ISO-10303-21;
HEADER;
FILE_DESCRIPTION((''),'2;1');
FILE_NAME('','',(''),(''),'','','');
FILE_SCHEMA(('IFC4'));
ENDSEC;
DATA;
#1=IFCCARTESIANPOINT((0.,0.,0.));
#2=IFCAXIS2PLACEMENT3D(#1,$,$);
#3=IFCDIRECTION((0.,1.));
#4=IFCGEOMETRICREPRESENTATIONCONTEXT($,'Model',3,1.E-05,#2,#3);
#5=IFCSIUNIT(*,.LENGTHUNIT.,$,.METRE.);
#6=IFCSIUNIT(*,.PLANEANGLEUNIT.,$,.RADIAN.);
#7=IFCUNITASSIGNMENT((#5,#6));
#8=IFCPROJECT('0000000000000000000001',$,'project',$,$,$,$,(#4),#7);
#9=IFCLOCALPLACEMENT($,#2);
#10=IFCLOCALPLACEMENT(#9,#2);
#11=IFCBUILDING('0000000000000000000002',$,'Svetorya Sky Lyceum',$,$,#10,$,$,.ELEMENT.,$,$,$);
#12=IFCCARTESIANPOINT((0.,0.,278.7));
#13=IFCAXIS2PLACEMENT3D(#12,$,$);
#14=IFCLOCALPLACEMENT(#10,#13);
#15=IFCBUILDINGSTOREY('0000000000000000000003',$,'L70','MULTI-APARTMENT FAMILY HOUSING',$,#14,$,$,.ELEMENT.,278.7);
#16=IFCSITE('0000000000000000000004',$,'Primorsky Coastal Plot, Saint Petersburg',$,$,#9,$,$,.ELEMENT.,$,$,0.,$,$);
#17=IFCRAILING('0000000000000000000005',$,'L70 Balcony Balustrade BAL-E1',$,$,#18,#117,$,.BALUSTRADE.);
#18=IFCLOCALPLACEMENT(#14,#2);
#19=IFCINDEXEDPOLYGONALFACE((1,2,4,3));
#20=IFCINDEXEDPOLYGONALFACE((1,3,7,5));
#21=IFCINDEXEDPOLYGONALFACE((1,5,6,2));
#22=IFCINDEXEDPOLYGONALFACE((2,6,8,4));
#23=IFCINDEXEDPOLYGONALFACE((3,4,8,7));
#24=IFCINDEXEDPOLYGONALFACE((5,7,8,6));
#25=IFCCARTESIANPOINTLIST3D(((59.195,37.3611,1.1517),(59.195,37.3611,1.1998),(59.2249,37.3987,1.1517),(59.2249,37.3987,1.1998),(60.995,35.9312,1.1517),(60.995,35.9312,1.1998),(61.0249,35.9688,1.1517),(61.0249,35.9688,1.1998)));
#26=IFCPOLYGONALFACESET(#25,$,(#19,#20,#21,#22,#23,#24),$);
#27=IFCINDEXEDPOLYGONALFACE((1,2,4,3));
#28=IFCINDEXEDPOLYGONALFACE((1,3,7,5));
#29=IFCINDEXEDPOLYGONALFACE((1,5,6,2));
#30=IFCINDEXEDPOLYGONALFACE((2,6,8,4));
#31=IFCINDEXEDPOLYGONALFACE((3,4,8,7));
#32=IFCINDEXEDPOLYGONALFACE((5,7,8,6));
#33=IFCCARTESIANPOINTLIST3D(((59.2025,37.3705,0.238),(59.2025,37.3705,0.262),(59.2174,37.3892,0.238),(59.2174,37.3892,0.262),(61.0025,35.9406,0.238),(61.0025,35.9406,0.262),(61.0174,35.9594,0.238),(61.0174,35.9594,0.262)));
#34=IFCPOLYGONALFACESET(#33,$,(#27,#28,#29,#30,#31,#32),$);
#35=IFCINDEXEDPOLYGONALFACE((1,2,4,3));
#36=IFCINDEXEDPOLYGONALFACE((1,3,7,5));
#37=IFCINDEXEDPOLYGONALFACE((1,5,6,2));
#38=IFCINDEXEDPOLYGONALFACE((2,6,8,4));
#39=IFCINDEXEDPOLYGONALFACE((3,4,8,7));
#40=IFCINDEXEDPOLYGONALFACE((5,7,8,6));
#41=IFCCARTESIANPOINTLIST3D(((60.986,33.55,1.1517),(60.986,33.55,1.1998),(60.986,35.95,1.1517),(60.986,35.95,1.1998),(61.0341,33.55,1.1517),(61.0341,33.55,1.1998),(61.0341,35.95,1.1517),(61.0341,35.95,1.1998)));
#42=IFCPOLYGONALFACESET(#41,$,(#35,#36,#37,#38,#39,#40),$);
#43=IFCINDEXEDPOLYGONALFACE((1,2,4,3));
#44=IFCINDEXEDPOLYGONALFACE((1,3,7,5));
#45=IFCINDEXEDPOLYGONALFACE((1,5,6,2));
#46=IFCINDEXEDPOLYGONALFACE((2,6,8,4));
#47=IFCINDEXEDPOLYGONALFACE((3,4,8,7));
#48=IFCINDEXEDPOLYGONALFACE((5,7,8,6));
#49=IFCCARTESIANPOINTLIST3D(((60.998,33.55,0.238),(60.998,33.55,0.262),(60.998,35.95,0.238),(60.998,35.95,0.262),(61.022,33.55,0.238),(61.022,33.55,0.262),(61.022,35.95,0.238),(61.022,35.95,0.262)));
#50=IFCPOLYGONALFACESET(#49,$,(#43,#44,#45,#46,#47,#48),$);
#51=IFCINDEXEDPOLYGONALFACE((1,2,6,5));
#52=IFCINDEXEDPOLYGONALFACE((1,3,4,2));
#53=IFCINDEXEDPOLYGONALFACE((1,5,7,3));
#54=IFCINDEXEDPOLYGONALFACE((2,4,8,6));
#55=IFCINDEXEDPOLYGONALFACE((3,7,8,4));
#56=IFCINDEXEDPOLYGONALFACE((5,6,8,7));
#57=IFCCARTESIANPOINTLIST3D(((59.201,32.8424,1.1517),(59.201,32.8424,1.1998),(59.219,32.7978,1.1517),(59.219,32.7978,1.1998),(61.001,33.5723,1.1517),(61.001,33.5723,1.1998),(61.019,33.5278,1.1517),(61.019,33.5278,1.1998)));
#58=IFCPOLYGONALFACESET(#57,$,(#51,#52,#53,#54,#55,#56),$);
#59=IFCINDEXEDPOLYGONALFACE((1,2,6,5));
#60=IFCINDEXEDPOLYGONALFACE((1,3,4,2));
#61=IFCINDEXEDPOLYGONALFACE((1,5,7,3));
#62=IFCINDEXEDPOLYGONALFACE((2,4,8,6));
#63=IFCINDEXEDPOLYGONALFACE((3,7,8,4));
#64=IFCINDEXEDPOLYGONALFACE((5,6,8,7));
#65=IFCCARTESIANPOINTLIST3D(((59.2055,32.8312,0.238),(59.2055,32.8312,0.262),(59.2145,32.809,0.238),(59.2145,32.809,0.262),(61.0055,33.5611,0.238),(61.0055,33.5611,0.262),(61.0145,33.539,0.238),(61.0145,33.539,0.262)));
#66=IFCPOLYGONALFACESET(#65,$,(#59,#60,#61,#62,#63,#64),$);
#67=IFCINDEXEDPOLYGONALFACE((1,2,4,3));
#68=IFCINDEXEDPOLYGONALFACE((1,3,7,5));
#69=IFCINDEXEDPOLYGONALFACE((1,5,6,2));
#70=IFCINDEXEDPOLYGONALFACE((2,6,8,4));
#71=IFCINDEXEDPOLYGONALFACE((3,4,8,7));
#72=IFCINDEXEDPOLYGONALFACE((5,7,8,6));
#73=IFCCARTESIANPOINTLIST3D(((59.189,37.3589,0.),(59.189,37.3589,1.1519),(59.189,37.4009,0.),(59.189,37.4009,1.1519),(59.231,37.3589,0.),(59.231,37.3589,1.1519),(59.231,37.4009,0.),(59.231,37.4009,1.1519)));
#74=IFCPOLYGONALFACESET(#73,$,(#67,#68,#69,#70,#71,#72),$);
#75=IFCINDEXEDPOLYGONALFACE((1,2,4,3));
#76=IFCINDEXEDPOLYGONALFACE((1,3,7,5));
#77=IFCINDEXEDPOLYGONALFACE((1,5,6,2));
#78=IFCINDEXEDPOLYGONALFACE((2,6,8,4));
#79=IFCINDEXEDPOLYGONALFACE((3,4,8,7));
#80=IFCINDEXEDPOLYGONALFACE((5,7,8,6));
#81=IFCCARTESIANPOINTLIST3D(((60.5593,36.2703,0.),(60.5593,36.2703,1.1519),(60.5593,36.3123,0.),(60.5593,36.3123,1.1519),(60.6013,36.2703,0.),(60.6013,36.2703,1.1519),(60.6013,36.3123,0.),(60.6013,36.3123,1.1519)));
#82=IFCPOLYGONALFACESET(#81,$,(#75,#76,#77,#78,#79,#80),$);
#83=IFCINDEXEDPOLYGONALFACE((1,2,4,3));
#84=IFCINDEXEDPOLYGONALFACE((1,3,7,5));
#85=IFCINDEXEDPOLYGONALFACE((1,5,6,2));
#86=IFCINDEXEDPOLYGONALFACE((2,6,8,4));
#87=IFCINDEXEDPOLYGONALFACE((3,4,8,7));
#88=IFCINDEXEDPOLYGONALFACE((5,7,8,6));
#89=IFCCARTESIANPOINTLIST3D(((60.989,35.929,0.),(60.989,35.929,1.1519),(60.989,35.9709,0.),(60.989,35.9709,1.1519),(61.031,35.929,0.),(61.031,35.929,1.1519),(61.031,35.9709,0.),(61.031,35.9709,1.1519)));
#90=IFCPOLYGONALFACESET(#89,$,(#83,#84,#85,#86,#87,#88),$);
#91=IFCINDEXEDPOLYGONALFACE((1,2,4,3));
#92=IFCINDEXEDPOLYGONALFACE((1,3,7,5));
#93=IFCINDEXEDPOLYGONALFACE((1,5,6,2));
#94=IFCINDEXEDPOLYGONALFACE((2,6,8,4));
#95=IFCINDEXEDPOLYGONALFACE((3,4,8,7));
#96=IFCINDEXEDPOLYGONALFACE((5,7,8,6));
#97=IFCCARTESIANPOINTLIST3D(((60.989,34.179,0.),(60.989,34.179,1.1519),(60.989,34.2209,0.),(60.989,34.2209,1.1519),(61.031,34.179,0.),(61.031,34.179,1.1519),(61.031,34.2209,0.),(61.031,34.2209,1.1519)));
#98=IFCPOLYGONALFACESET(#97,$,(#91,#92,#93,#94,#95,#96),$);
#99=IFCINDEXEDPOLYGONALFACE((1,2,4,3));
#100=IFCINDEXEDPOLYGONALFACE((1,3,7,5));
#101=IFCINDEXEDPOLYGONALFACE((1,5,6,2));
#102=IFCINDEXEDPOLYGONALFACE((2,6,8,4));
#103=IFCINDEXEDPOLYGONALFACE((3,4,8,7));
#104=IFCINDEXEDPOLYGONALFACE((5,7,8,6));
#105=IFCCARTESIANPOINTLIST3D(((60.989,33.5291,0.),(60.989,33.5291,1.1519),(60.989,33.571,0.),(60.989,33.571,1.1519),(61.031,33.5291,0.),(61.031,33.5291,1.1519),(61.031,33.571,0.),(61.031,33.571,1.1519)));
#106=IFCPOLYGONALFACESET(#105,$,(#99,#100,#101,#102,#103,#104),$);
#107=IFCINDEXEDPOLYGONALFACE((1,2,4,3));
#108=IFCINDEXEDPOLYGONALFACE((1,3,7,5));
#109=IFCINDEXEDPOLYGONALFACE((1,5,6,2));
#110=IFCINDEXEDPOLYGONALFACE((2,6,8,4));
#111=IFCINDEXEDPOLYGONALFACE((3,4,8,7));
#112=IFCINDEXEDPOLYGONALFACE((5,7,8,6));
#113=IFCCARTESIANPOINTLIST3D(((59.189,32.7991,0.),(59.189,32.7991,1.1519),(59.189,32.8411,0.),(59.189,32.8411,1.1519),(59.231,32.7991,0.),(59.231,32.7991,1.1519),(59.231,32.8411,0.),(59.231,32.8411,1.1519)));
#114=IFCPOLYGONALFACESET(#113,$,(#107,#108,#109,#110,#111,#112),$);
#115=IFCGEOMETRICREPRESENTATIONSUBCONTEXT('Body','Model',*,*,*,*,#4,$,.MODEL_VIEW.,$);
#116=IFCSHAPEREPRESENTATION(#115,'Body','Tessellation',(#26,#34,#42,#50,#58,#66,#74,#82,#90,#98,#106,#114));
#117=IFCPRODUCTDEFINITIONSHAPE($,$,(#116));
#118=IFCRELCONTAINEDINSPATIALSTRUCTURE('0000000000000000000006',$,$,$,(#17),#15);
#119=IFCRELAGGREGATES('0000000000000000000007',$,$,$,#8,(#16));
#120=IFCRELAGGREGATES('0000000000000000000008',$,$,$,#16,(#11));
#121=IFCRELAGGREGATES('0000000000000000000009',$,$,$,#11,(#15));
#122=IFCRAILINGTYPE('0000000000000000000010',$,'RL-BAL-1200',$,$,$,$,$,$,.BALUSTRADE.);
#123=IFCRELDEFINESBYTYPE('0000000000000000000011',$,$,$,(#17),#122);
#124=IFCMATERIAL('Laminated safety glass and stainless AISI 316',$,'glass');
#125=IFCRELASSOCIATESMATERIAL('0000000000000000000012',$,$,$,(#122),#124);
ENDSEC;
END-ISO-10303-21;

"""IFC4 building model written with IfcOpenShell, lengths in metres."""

from ifc_helpers import new_model, si_unit, direction, frame, origin, origin_2d, place, context, subcontext, project, spatial, rectangle, extrude, material, type_object, element, save


model = new_model("IFC4")

# Units and contexts
model_context = context("Model", 3, precision=1e-05, world=origin(), true_north=direction((0.0, 1.0)))
body_context = subcontext(model_context, "Body", "Model", "MODEL_VIEW")
ifc_project = project(units=[si_unit("LENGTHUNIT", "METRE"), si_unit("PLANEANGLEUNIT", "RADIAN")], contexts=[model_context])

# Site, building, storey
site_placement = place(None, origin())
site = spatial("IfcSite", under=ifc_project, at=site_placement, Name="Primorsky Coastal Plot, Saint Petersburg", CompositionType="ELEMENT", RefElevation=0.0)
building_placement = place(site_placement, origin())
building = spatial("IfcBuilding", under=site, at=building_placement, Name="Svetorya Sky Lyceum", CompositionType="ELEMENT")
storey_placement = place(building_placement, frame((0.0, 0.0, 278.7)))
storey = spatial("IfcBuildingStorey", under=building, at=storey_placement, Name="L70", Description="MULTI-APARTMENT FAMILY HOUSING", CompositionType="ELEMENT", Elevation=278.7)

# Railing
ifc_material_1 = material(Name="Laminated safety glass and stainless AISI 316", Category="glass")
railing_type = type_object("IfcRailingType", Name="RL-BAL-1200", PredefinedType="BALUSTRADE", material=ifc_material_1)
railing_placement = place(storey_placement, frame((59.21, 37.3799, 0.0)))
element("IfcRailing", 1, at=railing_placement, inside=storey, type_object=railing_type, Name="L70 Balcony Balustrade BAL-E1", PredefinedType="BALUSTRADE", context=body_context, shape_type="SweptSolid", body=[
    extrude(rectangle(XDim=0.0481, YDim=0.0481, at=origin_2d()), frame((0.0, 0.0, 1.1758), z_axis=(0.783009, -0.62201, 0.0), x_axis=(0.62201, 0.783009, 0.0)), (0.0, 0.0, 1.0), 2.2988),
    extrude(rectangle(XDim=0.0239, YDim=0.0239, at=origin_2d()), frame((0.0, 0.0, 0.25), z_axis=(0.783009, -0.62201, 0.0), x_axis=(0.62201, 0.783009, 0.0)), (0.0, 0.0, 1.0), 2.2988),
    extrude(rectangle(XDim=0.0481, YDim=0.0481, at=origin_2d()), frame((1.8, -1.4299, 1.1758), z_axis=(0.0, -1.0, 0.0), x_axis=(1.0, 0.0, 0.0)), (0.0, 0.0, 1.0), 2.3999),
    extrude(rectangle(XDim=0.0239, YDim=0.0239, at=origin_2d()), frame((1.8, -1.4299, 0.25), z_axis=(0.0, -1.0, 0.0), x_axis=(1.0, 0.0, 0.0)), (0.0, 0.0, 1.0), 2.3999),
    extrude(rectangle(XDim=0.0481, YDim=0.0481, at=origin_2d()), frame((1.8, -3.8298, 1.1758), z_axis=(-0.926698, -0.375807, 0.0), x_axis=(0.375807, -0.926698, 0.0)), (0.0, 0.0, 1.0), 1.9424),
    extrude(rectangle(XDim=0.0239, YDim=0.0239, at=origin_2d()), frame((1.8, -3.8298, 0.25), z_axis=(-0.926698, -0.375807, 0.0), x_axis=(0.375807, -0.926698, 0.0)), (0.0, 0.0, 1.0), 1.9424),
    extrude(rectangle(XDim=0.042, YDim=0.042, at=origin_2d()), origin(), (0.0, 0.0, 1.0), 1.1519),
    extrude(rectangle(XDim=0.042, YDim=0.042, at=origin_2d()), frame((1.3704, -1.0886, 0.0)), (0.0, 0.0, 1.0), 1.1519),
    extrude(rectangle(XDim=0.042, YDim=0.042, at=origin_2d()), frame((1.8, -1.4299, 0.0)), (0.0, 0.0, 1.0), 1.1519),
    extrude(rectangle(XDim=0.042, YDim=0.042, at=origin_2d()), frame((1.8, -3.1799, 0.0)), (0.0, 0.0, 1.0), 1.1519),
    extrude(rectangle(XDim=0.042, YDim=0.042, at=origin_2d()), frame((1.8, -3.8298, 0.0)), (0.0, 0.0, 1.0), 1.1519),
    extrude(rectangle(XDim=0.042, YDim=0.042, at=origin_2d()), frame((0.0, -4.5598, 0.0)), (0.0, 0.0, 1.0), 1.1519),
])

save(model, "model.ifc")
